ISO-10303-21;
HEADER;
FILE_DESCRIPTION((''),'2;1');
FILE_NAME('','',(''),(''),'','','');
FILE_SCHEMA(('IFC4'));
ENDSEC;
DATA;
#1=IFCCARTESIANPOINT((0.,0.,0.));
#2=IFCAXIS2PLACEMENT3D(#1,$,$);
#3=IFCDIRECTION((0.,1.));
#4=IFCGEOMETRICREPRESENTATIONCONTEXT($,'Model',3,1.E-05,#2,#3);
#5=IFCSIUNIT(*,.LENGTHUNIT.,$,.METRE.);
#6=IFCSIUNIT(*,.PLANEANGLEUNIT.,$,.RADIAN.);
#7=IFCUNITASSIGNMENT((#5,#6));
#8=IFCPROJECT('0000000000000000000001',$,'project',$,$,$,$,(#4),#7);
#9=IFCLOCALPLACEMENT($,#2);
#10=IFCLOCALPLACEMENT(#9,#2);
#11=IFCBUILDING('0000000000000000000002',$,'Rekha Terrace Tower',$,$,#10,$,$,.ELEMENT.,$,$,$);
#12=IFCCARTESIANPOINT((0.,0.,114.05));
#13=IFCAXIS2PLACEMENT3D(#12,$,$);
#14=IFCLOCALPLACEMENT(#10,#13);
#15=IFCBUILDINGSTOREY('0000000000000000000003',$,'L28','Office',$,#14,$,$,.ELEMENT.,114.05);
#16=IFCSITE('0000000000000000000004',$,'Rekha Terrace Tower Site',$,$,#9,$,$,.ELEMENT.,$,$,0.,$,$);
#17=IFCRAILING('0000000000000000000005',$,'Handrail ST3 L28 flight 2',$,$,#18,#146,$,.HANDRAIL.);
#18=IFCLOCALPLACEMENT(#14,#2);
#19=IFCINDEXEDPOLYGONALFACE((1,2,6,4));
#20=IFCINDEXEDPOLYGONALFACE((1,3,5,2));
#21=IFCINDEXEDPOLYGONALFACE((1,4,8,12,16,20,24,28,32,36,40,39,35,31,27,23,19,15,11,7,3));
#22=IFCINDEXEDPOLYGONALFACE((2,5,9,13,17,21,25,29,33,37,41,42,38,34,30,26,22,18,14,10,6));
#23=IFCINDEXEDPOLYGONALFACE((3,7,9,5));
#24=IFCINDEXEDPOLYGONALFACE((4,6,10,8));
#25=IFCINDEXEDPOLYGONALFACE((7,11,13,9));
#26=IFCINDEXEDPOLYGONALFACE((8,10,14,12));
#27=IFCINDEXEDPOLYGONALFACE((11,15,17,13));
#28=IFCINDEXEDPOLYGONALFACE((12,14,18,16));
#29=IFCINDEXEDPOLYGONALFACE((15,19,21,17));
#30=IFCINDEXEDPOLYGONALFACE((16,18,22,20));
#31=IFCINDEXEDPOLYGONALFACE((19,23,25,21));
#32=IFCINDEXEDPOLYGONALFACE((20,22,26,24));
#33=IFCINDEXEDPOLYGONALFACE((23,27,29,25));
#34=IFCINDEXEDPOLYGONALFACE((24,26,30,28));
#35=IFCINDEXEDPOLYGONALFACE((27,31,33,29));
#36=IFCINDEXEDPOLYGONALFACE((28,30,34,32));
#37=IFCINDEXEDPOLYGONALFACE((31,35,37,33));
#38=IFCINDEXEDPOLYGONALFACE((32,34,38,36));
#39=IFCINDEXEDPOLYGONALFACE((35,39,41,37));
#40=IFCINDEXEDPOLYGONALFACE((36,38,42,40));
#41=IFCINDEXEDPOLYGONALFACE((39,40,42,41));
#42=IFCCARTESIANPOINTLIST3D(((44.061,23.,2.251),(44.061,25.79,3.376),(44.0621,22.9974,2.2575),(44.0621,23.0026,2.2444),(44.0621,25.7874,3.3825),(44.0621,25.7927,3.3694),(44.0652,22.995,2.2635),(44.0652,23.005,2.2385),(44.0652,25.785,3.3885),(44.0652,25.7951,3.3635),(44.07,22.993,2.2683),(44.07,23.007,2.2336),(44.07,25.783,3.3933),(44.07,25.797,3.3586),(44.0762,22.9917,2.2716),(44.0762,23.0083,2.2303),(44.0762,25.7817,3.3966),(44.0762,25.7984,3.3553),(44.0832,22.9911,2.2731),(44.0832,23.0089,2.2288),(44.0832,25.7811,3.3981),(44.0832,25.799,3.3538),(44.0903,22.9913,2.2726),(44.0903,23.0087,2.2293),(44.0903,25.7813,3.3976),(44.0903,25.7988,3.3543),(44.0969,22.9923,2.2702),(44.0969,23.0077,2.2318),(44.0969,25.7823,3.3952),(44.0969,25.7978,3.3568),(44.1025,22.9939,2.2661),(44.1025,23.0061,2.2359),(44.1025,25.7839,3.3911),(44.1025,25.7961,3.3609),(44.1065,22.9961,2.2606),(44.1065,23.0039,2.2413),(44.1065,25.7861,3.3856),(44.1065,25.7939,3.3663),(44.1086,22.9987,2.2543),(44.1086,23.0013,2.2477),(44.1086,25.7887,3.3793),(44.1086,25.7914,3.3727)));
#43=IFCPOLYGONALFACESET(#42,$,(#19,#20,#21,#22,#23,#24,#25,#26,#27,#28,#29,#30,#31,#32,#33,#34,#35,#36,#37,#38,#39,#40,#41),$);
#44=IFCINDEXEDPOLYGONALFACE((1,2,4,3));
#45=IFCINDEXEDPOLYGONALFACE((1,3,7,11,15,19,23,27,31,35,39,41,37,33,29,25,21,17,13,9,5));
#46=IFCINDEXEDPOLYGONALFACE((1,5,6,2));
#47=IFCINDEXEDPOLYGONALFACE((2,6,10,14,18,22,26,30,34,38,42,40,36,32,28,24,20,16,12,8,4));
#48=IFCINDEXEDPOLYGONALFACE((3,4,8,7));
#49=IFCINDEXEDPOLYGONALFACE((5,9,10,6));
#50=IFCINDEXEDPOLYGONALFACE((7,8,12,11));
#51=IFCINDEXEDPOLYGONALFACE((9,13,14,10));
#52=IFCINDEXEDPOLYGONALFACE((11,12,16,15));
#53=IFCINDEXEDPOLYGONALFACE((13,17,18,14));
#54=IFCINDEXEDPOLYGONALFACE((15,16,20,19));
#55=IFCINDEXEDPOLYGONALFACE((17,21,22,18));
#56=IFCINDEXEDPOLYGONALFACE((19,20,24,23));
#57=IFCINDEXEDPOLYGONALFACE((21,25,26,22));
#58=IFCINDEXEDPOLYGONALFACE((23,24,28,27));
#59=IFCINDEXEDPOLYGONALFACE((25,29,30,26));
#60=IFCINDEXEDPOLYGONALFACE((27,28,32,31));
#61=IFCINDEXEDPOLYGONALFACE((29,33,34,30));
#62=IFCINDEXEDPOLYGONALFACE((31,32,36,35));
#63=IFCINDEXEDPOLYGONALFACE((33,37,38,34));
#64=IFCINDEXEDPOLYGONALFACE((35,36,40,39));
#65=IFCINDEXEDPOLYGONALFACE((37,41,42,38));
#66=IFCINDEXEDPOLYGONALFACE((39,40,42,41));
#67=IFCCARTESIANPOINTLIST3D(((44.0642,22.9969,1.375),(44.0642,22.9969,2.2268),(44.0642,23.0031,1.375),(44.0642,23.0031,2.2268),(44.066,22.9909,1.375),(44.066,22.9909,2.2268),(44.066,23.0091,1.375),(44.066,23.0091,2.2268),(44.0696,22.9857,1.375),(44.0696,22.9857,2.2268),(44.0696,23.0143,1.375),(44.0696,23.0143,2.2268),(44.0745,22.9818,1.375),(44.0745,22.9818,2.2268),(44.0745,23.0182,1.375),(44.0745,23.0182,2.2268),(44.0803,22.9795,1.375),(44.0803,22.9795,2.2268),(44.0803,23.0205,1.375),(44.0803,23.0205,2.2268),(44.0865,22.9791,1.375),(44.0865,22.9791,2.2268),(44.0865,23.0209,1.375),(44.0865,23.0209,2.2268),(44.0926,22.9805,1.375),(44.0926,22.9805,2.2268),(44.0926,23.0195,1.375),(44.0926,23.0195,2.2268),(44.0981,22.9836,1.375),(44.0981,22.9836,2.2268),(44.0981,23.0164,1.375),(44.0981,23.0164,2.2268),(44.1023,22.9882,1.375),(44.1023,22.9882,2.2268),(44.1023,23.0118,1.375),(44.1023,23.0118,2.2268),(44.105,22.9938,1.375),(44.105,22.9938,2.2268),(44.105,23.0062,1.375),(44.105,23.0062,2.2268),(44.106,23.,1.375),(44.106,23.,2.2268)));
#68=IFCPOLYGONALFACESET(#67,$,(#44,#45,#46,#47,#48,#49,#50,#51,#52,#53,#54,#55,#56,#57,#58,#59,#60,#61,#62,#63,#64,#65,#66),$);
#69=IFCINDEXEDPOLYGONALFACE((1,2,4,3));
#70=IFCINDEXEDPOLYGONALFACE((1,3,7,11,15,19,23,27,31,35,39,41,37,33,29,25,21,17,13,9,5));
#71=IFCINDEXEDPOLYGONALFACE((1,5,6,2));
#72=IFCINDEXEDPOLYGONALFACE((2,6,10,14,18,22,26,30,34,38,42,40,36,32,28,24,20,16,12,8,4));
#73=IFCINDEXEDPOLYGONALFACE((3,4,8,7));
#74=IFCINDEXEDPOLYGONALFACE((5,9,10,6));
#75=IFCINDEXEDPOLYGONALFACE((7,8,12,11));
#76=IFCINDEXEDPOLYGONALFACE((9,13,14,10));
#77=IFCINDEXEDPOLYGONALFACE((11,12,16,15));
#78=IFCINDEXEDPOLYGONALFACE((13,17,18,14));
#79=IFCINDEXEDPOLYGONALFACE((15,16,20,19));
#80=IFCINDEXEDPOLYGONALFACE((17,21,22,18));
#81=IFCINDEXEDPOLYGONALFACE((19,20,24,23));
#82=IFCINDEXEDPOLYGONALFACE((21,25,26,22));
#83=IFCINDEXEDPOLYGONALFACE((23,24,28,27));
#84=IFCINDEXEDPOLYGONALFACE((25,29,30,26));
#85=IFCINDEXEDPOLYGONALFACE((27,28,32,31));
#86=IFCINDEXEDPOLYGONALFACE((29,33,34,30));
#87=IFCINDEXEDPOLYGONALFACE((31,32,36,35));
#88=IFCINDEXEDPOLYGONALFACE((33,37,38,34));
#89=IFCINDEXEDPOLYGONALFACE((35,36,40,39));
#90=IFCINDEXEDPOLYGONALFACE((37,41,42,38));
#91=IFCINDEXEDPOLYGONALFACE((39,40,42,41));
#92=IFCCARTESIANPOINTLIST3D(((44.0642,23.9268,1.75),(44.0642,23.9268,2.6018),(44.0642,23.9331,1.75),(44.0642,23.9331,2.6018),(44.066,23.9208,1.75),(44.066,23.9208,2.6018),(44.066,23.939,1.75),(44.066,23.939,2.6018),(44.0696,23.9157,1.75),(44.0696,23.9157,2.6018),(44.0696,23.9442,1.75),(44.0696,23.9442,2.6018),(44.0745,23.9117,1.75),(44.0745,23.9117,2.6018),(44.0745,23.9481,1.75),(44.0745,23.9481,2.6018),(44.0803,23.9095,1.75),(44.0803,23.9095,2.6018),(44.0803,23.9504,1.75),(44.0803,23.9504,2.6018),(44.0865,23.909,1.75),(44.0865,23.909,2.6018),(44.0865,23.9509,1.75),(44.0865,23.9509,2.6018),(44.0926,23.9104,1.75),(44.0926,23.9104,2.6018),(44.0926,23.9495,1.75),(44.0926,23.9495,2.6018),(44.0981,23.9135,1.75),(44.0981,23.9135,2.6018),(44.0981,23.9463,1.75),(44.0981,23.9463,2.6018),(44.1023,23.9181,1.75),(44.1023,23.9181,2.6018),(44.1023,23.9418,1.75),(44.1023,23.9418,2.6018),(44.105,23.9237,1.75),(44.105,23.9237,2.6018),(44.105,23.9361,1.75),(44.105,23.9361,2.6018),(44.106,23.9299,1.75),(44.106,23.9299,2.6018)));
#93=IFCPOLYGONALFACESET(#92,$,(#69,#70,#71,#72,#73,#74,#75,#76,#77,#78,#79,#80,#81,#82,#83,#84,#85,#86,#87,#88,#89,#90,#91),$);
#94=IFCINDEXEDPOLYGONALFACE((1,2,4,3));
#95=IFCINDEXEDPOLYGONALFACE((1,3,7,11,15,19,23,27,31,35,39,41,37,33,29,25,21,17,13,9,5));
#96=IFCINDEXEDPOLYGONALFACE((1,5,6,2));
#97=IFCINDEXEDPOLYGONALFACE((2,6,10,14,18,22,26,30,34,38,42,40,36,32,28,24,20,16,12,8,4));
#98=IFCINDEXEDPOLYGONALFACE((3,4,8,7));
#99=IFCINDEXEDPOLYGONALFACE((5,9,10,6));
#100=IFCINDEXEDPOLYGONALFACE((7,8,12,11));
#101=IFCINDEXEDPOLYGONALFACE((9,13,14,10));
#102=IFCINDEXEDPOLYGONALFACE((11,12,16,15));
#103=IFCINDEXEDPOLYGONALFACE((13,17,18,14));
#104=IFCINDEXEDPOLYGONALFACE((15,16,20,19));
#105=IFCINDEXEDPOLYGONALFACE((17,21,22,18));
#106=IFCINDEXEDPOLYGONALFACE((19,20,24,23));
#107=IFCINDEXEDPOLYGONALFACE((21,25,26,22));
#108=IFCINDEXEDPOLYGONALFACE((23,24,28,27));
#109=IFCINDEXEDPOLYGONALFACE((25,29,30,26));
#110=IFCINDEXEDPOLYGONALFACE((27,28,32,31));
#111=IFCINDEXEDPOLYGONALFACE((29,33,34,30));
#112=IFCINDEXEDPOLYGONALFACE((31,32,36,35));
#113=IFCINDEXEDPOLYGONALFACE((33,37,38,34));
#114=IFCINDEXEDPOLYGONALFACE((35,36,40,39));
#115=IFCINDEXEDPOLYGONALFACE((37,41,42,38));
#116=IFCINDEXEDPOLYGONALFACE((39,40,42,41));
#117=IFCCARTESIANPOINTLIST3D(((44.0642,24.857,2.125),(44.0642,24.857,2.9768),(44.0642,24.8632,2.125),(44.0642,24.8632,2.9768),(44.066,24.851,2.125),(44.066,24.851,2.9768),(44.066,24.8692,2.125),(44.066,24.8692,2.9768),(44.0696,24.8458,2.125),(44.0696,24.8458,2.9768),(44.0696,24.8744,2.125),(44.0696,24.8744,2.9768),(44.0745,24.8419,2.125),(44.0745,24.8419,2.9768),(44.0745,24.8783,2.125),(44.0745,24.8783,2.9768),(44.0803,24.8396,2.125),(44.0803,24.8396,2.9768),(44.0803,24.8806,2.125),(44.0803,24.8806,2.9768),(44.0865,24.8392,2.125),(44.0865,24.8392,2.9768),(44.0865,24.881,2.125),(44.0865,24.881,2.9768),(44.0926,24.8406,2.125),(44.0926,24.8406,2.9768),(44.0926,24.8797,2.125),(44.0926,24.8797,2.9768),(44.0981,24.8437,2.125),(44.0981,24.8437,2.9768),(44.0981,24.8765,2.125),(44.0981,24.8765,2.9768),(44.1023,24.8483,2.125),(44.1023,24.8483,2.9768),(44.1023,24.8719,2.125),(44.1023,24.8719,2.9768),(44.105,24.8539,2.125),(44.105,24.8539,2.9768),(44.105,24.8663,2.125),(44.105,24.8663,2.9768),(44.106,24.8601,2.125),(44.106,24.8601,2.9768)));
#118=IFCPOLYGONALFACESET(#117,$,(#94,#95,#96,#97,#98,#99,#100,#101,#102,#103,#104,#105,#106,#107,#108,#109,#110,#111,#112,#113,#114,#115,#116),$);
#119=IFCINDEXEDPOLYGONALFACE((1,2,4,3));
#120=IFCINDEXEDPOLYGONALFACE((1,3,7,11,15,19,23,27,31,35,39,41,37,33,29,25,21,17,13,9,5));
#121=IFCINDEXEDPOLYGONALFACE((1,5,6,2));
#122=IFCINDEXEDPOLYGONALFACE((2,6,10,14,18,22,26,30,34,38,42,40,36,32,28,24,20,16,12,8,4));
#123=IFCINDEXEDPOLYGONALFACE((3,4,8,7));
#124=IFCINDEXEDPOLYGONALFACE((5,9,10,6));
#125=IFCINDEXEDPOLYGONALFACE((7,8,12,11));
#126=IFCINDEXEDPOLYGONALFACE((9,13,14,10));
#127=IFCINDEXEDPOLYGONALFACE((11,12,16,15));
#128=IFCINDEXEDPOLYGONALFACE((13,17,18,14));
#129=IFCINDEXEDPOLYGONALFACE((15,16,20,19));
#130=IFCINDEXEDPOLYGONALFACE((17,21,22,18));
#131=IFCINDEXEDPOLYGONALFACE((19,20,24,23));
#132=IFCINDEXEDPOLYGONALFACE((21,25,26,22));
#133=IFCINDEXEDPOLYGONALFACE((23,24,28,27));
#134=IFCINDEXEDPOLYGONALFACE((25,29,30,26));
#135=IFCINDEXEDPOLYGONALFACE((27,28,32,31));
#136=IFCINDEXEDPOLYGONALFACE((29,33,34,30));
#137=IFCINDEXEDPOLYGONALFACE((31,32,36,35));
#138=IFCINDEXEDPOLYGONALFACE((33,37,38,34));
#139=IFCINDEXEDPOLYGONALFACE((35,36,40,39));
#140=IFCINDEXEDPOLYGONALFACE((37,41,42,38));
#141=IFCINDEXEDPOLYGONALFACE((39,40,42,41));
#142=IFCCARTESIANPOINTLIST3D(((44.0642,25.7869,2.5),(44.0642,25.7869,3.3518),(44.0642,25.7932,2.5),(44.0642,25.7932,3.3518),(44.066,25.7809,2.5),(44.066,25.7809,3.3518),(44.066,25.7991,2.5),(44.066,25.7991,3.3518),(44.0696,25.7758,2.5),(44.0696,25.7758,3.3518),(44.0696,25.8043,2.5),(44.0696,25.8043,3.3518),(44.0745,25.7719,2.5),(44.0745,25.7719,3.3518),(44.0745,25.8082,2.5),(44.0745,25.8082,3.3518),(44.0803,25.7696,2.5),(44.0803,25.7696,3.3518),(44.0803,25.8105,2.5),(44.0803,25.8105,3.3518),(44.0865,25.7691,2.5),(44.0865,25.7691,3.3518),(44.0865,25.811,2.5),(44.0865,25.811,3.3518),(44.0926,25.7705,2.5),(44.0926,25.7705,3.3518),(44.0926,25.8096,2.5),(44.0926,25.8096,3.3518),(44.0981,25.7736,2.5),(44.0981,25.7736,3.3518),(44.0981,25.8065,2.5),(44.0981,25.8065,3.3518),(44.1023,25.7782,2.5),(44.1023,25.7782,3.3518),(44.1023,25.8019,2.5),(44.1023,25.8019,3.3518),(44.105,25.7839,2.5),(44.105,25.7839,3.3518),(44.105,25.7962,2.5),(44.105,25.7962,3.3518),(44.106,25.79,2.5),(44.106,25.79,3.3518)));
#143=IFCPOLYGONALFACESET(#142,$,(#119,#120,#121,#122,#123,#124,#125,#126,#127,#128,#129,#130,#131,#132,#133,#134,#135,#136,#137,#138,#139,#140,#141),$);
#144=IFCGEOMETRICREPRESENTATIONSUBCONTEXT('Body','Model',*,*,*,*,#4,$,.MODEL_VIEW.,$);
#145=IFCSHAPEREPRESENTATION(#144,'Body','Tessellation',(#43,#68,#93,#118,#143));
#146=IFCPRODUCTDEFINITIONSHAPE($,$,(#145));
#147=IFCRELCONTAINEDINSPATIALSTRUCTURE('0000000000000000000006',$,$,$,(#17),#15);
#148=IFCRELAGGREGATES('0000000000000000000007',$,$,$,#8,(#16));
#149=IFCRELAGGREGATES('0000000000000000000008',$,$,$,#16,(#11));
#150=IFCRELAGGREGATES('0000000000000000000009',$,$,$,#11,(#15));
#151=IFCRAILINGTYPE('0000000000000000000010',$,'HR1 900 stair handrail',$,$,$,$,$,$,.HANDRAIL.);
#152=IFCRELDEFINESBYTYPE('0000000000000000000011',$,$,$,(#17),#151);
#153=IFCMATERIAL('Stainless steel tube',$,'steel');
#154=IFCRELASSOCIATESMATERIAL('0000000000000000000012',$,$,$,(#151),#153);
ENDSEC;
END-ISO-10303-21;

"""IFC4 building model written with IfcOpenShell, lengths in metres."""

from ifc_helpers import new_model, si_unit, direction, frame, origin, origin_2d, place, context, subcontext, project, spatial, circle, extrude, material, type_object, element, save


model = new_model("IFC4")

# Units and contexts
model_context = context("Model", 3, precision=1e-05, world=origin(), true_north=direction((0.0, 1.0)))
body_context = subcontext(model_context, "Body", "Model", "MODEL_VIEW")
ifc_project = project(units=[si_unit("LENGTHUNIT", "METRE"), si_unit("PLANEANGLEUNIT", "RADIAN")], contexts=[model_context])

# Site, building, storey
site_placement = place(None, origin())
site = spatial("IfcSite", under=ifc_project, at=site_placement, Name="Rekha Terrace Tower Site", CompositionType="ELEMENT", RefElevation=0.0)
building_placement = place(site_placement, origin())
building = spatial("IfcBuilding", under=site, at=building_placement, Name="Rekha Terrace Tower", CompositionType="ELEMENT")
storey_placement = place(building_placement, frame((0.0, 0.0, 114.05)))
storey = spatial("IfcBuildingStorey", under=building, at=storey_placement, Name="L28", Description="Office", CompositionType="ELEMENT", Elevation=114.05)

# Railing
ifc_material_1 = material(Name="Stainless steel tube", Category="steel")
railing_type_1 = type_object("IfcRailingType", Name="HR1 900 stair handrail", PredefinedType="HANDRAIL", material=ifc_material_1)
railing_1_placement = place(storey_placement, frame((44.085, 23.0, 1.375)))
element("IfcRailing", 1, at=railing_1_placement, inside=storey, type_object=railing_type_1, Name="Handrail ST3 L28 flight 2", PredefinedType="HANDRAIL", context=body_context, shape_type="SweptSolid", body=[
    extrude(circle(Radius=0.0239, at=origin_2d()), frame((0.0, 0.0, 0.876), z_axis=(0.0, 0.927443, 0.373964), x_axis=(-1.0, 0.0, 0.0)), (0.0, 0.0, 1.0), 3.0083),
    extrude(circle(Radius=0.021, at=origin_2d()), origin(), (0.0, 0.0, 1.0), 0.8518),
    extrude(circle(Radius=0.021, at=origin_2d()), frame((0.0, 0.9299, 0.375)), (0.0, 0.0, 1.0), 0.8518),
    extrude(circle(Radius=0.021, at=origin_2d()), frame((0.0, 1.8601, 0.75)), (0.0, 0.0, 1.0), 0.8518),
    extrude(circle(Radius=0.021, at=origin_2d()), frame((0.0, 2.79, 1.125)), (0.0, 0.0, 1.0), 0.8518),
])

save(model, "model.ifc")
